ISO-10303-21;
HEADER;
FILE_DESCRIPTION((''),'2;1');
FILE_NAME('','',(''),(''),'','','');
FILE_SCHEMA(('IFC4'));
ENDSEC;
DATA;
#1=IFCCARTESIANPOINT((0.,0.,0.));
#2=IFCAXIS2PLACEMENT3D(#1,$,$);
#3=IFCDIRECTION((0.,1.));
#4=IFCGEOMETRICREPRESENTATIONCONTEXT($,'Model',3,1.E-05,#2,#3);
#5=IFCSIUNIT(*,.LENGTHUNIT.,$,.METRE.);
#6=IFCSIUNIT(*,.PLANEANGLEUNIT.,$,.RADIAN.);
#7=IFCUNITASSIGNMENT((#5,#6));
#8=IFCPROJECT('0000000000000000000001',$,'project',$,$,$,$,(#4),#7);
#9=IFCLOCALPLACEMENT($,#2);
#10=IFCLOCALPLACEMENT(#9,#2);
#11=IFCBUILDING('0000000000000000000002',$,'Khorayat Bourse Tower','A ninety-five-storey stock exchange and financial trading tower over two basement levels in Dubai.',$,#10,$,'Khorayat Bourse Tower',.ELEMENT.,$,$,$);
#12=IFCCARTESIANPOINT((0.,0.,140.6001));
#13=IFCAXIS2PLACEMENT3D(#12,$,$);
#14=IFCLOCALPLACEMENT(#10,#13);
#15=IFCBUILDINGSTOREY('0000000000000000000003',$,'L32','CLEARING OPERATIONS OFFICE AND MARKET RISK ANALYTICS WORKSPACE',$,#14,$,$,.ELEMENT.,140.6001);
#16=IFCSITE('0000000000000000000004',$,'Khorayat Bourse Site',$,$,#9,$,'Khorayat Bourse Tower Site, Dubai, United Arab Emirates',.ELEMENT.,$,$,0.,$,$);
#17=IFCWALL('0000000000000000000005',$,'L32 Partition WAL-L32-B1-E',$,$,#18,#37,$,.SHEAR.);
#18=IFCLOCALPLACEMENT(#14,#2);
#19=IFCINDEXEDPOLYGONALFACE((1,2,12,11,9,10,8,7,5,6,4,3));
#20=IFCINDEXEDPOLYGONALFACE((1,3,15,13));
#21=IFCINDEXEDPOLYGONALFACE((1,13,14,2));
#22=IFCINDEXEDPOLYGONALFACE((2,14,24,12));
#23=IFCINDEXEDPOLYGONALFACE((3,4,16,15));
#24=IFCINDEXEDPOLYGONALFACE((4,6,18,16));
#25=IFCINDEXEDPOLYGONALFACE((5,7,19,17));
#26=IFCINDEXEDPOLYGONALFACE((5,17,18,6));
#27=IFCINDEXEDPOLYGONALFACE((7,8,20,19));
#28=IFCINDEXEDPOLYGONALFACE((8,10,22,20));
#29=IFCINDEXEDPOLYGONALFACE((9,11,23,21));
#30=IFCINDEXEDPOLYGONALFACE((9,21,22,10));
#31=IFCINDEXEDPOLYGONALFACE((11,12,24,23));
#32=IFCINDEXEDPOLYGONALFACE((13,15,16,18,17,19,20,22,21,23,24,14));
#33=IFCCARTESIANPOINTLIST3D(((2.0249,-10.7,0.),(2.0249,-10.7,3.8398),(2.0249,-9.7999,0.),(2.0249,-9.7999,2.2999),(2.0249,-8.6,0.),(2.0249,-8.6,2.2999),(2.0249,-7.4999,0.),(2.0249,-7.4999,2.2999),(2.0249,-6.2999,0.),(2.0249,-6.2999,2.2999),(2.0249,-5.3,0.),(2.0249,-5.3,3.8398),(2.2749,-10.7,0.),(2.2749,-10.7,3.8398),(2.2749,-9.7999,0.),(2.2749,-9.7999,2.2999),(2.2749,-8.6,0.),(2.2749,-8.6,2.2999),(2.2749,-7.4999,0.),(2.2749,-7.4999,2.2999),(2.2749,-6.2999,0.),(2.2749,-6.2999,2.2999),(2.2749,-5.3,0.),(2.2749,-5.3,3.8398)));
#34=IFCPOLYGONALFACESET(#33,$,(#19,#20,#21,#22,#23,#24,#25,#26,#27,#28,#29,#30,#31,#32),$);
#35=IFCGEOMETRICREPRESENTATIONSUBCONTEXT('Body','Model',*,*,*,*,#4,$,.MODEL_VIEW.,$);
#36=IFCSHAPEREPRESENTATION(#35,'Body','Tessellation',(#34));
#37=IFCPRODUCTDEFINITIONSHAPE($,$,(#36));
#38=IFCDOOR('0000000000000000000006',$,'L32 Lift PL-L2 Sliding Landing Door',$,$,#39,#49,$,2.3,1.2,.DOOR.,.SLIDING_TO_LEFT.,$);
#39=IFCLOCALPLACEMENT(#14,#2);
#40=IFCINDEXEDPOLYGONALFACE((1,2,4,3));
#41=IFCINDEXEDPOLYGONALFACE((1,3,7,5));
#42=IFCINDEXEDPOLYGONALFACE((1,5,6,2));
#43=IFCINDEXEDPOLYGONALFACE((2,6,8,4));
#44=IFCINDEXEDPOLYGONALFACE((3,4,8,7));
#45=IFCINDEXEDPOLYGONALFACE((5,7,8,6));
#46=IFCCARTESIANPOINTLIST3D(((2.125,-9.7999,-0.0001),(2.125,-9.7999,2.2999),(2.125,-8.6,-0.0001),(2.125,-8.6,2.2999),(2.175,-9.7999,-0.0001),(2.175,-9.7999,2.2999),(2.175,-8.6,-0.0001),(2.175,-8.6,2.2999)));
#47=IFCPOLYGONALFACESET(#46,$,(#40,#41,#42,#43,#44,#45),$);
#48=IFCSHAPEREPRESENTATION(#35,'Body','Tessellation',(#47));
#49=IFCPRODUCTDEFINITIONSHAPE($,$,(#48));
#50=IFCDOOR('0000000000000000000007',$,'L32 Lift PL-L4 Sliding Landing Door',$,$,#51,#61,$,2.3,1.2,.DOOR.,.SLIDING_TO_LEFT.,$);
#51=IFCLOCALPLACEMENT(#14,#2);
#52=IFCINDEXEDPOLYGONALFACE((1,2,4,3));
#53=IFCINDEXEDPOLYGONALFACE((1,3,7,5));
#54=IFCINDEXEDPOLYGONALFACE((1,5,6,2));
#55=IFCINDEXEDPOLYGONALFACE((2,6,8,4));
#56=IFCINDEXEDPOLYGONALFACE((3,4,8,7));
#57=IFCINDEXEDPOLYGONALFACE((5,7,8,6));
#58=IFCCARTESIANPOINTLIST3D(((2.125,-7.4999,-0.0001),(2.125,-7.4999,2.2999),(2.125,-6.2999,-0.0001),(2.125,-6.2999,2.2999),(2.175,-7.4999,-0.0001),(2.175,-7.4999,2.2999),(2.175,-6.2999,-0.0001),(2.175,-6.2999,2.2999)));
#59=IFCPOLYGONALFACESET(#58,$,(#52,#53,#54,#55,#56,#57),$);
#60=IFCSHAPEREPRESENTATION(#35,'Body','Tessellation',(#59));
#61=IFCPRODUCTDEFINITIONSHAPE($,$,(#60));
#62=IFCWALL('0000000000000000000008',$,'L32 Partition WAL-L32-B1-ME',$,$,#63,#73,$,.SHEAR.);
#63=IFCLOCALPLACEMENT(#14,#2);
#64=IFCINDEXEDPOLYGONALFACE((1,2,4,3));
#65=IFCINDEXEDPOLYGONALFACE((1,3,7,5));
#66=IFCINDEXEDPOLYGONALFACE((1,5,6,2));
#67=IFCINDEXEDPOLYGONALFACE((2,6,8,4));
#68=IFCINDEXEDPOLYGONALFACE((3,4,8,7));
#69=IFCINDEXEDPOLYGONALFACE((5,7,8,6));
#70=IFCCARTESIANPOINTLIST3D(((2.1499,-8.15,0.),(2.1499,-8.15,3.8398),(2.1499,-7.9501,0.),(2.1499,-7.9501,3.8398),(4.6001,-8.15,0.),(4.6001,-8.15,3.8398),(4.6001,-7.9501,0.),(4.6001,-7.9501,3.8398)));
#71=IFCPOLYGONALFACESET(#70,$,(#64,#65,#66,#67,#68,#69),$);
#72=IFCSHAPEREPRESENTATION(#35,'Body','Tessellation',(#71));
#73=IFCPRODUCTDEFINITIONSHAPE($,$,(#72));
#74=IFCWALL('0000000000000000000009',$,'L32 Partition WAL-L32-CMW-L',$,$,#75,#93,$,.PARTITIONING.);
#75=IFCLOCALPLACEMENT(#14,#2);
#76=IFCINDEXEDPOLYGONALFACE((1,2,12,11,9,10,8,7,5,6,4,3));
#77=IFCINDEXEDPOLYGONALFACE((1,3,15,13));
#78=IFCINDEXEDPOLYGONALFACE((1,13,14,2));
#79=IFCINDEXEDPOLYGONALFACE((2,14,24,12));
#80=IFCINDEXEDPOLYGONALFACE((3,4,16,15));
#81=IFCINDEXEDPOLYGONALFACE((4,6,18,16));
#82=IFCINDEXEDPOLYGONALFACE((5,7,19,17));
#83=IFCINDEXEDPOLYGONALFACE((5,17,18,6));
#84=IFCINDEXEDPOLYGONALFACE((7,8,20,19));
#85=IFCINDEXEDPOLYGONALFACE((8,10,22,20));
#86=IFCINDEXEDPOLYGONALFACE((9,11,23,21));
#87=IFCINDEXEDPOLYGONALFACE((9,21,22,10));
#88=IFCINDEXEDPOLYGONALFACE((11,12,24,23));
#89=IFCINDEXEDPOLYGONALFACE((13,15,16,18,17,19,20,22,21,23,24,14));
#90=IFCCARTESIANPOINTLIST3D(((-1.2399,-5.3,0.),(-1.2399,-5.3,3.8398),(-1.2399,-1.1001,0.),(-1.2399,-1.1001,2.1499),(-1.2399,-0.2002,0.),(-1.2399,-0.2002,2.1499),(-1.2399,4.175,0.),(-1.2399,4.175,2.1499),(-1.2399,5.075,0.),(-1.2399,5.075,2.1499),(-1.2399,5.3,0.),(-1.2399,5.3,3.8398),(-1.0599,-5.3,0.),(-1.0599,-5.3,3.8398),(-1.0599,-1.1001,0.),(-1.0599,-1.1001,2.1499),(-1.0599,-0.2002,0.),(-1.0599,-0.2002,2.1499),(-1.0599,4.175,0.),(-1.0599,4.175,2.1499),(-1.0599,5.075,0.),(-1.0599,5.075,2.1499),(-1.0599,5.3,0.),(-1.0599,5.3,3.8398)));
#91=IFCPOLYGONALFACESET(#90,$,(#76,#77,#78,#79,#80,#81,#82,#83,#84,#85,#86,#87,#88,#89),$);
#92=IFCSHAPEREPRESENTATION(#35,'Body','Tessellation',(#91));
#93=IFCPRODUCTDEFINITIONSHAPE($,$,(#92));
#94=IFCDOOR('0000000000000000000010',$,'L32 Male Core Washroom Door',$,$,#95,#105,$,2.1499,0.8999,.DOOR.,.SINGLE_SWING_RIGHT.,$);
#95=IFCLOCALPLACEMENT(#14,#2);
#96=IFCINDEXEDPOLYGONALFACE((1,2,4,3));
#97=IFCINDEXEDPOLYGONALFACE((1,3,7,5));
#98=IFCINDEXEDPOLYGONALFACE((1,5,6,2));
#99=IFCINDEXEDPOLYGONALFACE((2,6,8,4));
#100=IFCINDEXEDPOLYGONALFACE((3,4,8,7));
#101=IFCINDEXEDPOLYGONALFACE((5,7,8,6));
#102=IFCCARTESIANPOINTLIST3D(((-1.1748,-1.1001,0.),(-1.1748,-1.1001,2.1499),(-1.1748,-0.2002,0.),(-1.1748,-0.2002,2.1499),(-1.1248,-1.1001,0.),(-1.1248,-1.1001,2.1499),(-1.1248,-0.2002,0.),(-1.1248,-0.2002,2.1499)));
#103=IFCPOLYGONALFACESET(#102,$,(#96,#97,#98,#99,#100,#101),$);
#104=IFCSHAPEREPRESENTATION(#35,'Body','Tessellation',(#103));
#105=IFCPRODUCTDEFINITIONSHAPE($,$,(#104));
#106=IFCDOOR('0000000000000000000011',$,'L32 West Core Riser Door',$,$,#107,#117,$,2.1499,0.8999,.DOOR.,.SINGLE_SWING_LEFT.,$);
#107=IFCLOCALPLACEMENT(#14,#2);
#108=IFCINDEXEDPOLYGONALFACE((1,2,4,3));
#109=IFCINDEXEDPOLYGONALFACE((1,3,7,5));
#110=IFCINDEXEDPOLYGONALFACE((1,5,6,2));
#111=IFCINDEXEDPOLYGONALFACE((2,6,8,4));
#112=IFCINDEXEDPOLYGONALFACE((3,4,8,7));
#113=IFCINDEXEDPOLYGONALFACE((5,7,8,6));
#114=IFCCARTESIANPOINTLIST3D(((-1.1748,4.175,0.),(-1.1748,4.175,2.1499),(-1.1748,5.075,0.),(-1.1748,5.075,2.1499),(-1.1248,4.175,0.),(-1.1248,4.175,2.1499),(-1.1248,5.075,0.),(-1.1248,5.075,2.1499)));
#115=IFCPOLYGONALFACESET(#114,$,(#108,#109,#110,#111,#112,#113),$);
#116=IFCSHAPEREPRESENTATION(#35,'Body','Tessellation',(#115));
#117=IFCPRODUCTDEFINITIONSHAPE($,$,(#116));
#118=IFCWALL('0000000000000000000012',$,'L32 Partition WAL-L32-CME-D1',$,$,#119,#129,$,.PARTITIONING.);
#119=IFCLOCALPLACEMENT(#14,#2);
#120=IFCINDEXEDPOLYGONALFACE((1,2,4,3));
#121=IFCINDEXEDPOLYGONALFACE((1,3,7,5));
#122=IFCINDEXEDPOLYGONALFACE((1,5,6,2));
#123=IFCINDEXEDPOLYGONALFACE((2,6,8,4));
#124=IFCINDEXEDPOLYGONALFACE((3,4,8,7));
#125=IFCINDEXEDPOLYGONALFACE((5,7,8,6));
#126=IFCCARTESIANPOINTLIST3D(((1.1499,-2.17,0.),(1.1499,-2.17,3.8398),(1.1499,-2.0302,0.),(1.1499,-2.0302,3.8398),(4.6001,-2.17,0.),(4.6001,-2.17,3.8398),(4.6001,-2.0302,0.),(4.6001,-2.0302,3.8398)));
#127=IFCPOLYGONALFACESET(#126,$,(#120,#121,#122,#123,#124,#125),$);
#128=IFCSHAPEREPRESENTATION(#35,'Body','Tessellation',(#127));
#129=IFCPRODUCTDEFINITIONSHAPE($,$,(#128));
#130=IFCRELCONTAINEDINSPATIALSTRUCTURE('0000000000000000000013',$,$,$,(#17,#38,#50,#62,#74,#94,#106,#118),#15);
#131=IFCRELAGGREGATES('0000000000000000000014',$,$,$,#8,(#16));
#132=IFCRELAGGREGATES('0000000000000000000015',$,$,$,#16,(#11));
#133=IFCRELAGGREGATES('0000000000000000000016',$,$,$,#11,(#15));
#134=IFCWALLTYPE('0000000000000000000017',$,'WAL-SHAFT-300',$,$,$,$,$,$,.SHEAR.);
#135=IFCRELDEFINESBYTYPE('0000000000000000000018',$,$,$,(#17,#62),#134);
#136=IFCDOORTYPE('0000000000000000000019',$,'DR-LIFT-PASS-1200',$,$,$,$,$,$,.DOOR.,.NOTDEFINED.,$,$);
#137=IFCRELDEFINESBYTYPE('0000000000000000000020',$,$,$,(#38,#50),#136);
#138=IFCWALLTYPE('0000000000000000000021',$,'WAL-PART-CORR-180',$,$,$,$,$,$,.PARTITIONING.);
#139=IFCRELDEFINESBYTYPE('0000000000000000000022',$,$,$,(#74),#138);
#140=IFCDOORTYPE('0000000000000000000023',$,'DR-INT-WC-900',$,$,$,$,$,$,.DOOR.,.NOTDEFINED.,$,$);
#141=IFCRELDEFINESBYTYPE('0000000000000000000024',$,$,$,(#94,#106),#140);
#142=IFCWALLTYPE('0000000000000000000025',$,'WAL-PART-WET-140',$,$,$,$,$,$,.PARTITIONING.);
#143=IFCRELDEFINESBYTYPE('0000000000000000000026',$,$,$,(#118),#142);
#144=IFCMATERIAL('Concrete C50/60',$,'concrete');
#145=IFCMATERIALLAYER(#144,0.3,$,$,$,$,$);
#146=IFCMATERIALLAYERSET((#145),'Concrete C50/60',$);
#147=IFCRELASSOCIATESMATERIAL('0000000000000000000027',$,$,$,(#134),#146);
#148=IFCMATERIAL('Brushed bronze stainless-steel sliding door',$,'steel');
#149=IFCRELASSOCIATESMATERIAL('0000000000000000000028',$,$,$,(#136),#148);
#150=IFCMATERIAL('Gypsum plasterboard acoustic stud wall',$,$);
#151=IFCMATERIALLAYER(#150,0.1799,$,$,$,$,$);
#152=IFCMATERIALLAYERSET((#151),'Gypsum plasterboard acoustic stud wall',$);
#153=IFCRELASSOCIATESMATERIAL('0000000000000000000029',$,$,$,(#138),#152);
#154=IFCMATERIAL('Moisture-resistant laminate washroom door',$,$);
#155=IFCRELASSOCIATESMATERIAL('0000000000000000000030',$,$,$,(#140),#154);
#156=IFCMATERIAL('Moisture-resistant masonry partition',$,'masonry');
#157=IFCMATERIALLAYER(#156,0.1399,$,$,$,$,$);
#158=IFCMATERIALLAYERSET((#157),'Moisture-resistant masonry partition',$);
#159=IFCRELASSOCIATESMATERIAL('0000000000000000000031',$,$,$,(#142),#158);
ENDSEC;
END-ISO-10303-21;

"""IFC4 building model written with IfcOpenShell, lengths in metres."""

from ifc_helpers import new_model, si_unit, direction, frame, frame_2d, origin, place, context, subcontext, project, spatial, rectangle, extrude, source, transform, mapped, material, layer, layer_set, type_object, element, fill, save


model = new_model("IFC4")

# Units and contexts
model_context = context("Model", 3, precision=1e-05, world=origin(), true_north=direction((0.0, 1.0)))
body_context = subcontext(model_context, "Body", "Model", "MODEL_VIEW")
ifc_project = project(units=[si_unit("LENGTHUNIT", "METRE"), si_unit("PLANEANGLEUNIT", "RADIAN")], contexts=[model_context])

# Site, building, storey
site_placement = place(None, origin())
site = spatial("IfcSite", under=ifc_project, at=site_placement, Name="Khorayat Bourse Site", LongName="Khorayat Bourse Tower Site, Dubai, United Arab Emirates", CompositionType="ELEMENT", RefElevation=0.0)
building_placement = place(site_placement, origin())
building = spatial("IfcBuilding", under=site, at=building_placement, Name="Khorayat Bourse Tower", Description="A ninety-five-storey stock exchange and financial trading tower over two basement levels in Dubai.", LongName="Khorayat Bourse Tower", CompositionType="ELEMENT")
storey_placement = place(building_placement, frame((0.0, 0.0, 140.6001)))
storey = spatial("IfcBuildingStorey", under=building, at=storey_placement, Name="L32", Description="CLEARING OPERATIONS OFFICE AND MARKET RISK ANALYTICS WORKSPACE", CompositionType="ELEMENT", Elevation=140.6001)

# Wall, openings, doors
ifc_material_1 = material(Name="Concrete C50/60", Category="concrete")
ifc_layer_1 = layer(ifc_material_1, 0.3)
ifc_layer_set_1 = layer_set([ifc_layer_1], Name="Concrete C50/60")
wall_type_1 = type_object("IfcWallType", Name="WAL-SHAFT-300", PredefinedType="SHEAR", material=ifc_layer_set_1)
shared_shape_1 = source(origin(), body_context, "Body", "SweptSolid", [
    extrude(rectangle(XDim=5.3999, YDim=0.25, at=frame_2d((2.7, 0.0))), origin(), (0.0, 0.0, 1.0), 3.8398),
])
shared_shape_2 = source(origin(), body_context, "Body", "SweptSolid", [
    extrude(rectangle(XDim=1.2, YDim=2.3, at=frame_2d((0.6001, 1.1499))), frame((0.0, 0.135, 0.0), z_axis=(0.0, -1.0, 0.0), x_axis=(1.0, 0.0, 0.0)), (0.0, 0.0, 1.0), 0.27),
])
ifc_material_2 = material(Name="Brushed bronze stainless-steel sliding door", Category="steel")
door_type_1 = type_object("IfcDoorType", Name="DR-LIFT-PASS-1200", OperationType="NOTDEFINED", PredefinedType="DOOR", material=ifc_material_2)
shared_shape_3 = source(origin(), body_context, "Body", "SweptSolid", [
    extrude(rectangle(XDim=1.2, YDim=2.3, at=frame_2d((0.6001, 1.1499))), frame((0.0, 0.0249, 0.0), z_axis=(0.0, -1.0, 0.0), x_axis=(1.0, 0.0, 0.0)), (0.0, 0.0, 1.0), 0.05),
])
wall_1_placement = place(storey_placement, frame((2.1499, -10.7, 0.0), z_axis=(0.0, 0.0, 1.0), x_axis=(0.0, 1.0, 0.0)))
wall_1 = element("IfcWall", 1, at=wall_1_placement, inside=storey, type_object=wall_type_1, Name="L32 Partition WAL-L32-B1-E", PredefinedType="SHEAR", context=body_context, shape_type="MappedRepresentation", body=[
    mapped(shared_shape_1, transform((0.0, 0.0, 0.0), scale=1.0)),
])
opening_1_placement = place(wall_1_placement, frame((0.8999, 0.0, 0.0)))
opening_1 = element("IfcOpeningElement", 2, at=opening_1_placement, cuts=wall_1, PredefinedType="OPENING", context=body_context, shape_type="MappedRepresentation", body=[
    mapped(shared_shape_2, transform((0.0, 0.0, 0.0), scale=1.0)),
])
opening_2_placement = place(wall_1_placement, frame((3.2, 0.0, 0.0)))
opening_2 = element("IfcOpeningElement", 3, at=opening_2_placement, cuts=wall_1, PredefinedType="OPENING", context=body_context, shape_type="MappedRepresentation", body=[
    mapped(shared_shape_2, transform((0.0, 0.0, 0.0), scale=1.0)),
])
door_1_placement = place(opening_1_placement, origin())
door_1 = element("IfcDoor", 4, at=door_1_placement, inside=storey, type_object=door_type_1, Name="L32 Lift PL-L2 Sliding Landing Door", OperationType="SLIDING_TO_LEFT", OverallHeight=2.3, OverallWidth=1.2, PredefinedType="DOOR", context=body_context, shape_type="MappedRepresentation", body=[
    mapped(shared_shape_3, transform((0.0, 0.0, 0.0), scale=1.0)),
])
fill(opening_1, door_1)
door_2_placement = place(opening_2_placement, origin())
door_2 = element("IfcDoor", 5, at=door_2_placement, inside=storey, type_object=door_type_1, Name="L32 Lift PL-L4 Sliding Landing Door", OperationType="SLIDING_TO_LEFT", OverallHeight=2.3, OverallWidth=1.2, PredefinedType="DOOR", context=body_context, shape_type="MappedRepresentation", body=[
    mapped(shared_shape_3, transform((0.0, 0.0, 0.0), scale=1.0)),
])
fill(opening_2, door_2)

# Wall
shared_shape_4 = source(origin(), body_context, "Body", "SweptSolid", [
    extrude(rectangle(XDim=2.4502, YDim=0.2, at=frame_2d((1.2251, 0.0))), origin(), (0.0, 0.0, 1.0), 3.8398),
])
wall_2_placement = place(storey_placement, frame((2.1499, -8.05, 0.0), z_axis=(0.0, 0.0, 1.0), x_axis=(1.0, 0.0, 0.0)))
element("IfcWall", 6, at=wall_2_placement, inside=storey, type_object=wall_type_1, Name="L32 Partition WAL-L32-B1-ME", PredefinedType="SHEAR", context=body_context, shape_type="MappedRepresentation", body=[
    mapped(shared_shape_4, transform((0.0, 0.0, 0.0), scale=1.0)),
])

# Wall, openings, doors
ifc_material_3 = material(Name="Gypsum plasterboard acoustic stud wall")
ifc_layer_2 = layer(ifc_material_3, 0.1799)
ifc_layer_set_2 = layer_set([ifc_layer_2], Name="Gypsum plasterboard acoustic stud wall")
wall_type_2 = type_object("IfcWallType", Name="WAL-PART-CORR-180", PredefinedType="PARTITIONING", material=ifc_layer_set_2)
shared_shape_5 = source(origin(), body_context, "Body", "SweptSolid", [
    extrude(rectangle(XDim=10.6001, YDim=0.1799, at=frame_2d((5.3, 0.0))), origin(), (0.0, 0.0, 1.0), 3.8398),
])
wall_3_placement = place(storey_placement, frame((-1.1499, -5.3, 0.0), z_axis=(0.0, 0.0, 1.0), x_axis=(0.0, 1.0, 0.0)))
wall_3 = element("IfcWall", 7, at=wall_3_placement, inside=storey, type_object=wall_type_2, Name="L32 Partition WAL-L32-CMW-L", PredefinedType="PARTITIONING", context=body_context, shape_type="MappedRepresentation", body=[
    mapped(shared_shape_5, transform((0.0, 0.0, 0.0), scale=1.0)),
])
shared_shape_6 = source(origin(), body_context, "Body", "SweptSolid", [
    extrude(rectangle(XDim=0.8999, YDim=2.1499, at=frame_2d((0.45, 1.075))), frame((0.0, 0.0999, 0.0), z_axis=(0.0, -1.0, 0.0), x_axis=(1.0, 0.0, 0.0)), (0.0, 0.0, 1.0), 0.2),
])
opening_3_placement = place(wall_3_placement, frame((4.2, 0.0, 0.0)))
opening_3 = element("IfcOpeningElement", 8, at=opening_3_placement, cuts=wall_3, PredefinedType="OPENING", context=body_context, shape_type="MappedRepresentation", body=[
    mapped(shared_shape_6, transform((0.0, 0.0, 0.0), scale=1.0)),
])
opening_4_placement = place(wall_3_placement, frame((9.4751, 0.0, 0.0)))
opening_4 = element("IfcOpeningElement", 9, at=opening_4_placement, cuts=wall_3, PredefinedType="OPENING", context=body_context, shape_type="MappedRepresentation", body=[
    mapped(shared_shape_6, transform((0.0, 0.0, 0.0), scale=1.0)),
])
ifc_material_4 = material(Name="Moisture-resistant laminate washroom door")
door_type_2 = type_object("IfcDoorType", Name="DR-INT-WC-900", OperationType="NOTDEFINED", PredefinedType="DOOR", material=ifc_material_4)
shared_shape_7 = source(origin(), body_context, "Body", "SweptSolid", [
    extrude(rectangle(XDim=0.8999, YDim=2.1499, at=frame_2d((0.45, 1.075))), frame((0.0, 0.0249, 0.0), z_axis=(0.0, -1.0, 0.0), x_axis=(1.0, 0.0, 0.0)), (0.0, 0.0, 1.0), 0.05),
])
door_3_placement = place(opening_3_placement, origin())
door_3 = element("IfcDoor", 10, at=door_3_placement, inside=storey, type_object=door_type_2, Name="L32 Male Core Washroom Door", OperationType="SINGLE_SWING_RIGHT", OverallHeight=2.1499, OverallWidth=0.8999, PredefinedType="DOOR", context=body_context, shape_type="MappedRepresentation", body=[
    mapped(shared_shape_7, transform((0.0, 0.0, 0.0), scale=1.0)),
])
fill(opening_3, door_3)
door_4_placement = place(opening_4_placement, origin())
door_4 = element("IfcDoor", 11, at=door_4_placement, inside=storey, type_object=door_type_2, Name="L32 West Core Riser Door", OperationType="SINGLE_SWING_LEFT", OverallHeight=2.1499, OverallWidth=0.8999, PredefinedType="DOOR", context=body_context, shape_type="MappedRepresentation", body=[
    mapped(shared_shape_7, transform((0.0, 0.0, 0.0), scale=1.0)),
])
fill(opening_4, door_4)

# Wall
ifc_material_5 = material(Name="Moisture-resistant masonry partition", Category="masonry")
ifc_layer_3 = layer(ifc_material_5, 0.1399)
ifc_layer_set_3 = layer_set([ifc_layer_3], Name="Moisture-resistant masonry partition")
wall_type_3 = type_object("IfcWallType", Name="WAL-PART-WET-140", PredefinedType="PARTITIONING", material=ifc_layer_set_3)
shared_shape_8 = source(origin(), body_context, "Body", "SweptSolid", [
    extrude(rectangle(XDim=3.4502, YDim=0.1399, at=frame_2d((1.7251, 0.0))), origin(), (0.0, 0.0, 1.0), 3.8398),
])
wall_4_placement = place(storey_placement, frame((1.1499, -2.1001, 0.0), z_axis=(0.0, 0.0, 1.0), x_axis=(1.0, 0.0, 0.0)))
element("IfcWall", 12, at=wall_4_placement, inside=storey, type_object=wall_type_3, Name="L32 Partition WAL-L32-CME-D1", PredefinedType="PARTITIONING", context=body_context, shape_type="MappedRepresentation", body=[
    mapped(shared_shape_8, transform((0.0, 0.0, 0.0), scale=1.0)),
])

save(model, "model.ifc")
